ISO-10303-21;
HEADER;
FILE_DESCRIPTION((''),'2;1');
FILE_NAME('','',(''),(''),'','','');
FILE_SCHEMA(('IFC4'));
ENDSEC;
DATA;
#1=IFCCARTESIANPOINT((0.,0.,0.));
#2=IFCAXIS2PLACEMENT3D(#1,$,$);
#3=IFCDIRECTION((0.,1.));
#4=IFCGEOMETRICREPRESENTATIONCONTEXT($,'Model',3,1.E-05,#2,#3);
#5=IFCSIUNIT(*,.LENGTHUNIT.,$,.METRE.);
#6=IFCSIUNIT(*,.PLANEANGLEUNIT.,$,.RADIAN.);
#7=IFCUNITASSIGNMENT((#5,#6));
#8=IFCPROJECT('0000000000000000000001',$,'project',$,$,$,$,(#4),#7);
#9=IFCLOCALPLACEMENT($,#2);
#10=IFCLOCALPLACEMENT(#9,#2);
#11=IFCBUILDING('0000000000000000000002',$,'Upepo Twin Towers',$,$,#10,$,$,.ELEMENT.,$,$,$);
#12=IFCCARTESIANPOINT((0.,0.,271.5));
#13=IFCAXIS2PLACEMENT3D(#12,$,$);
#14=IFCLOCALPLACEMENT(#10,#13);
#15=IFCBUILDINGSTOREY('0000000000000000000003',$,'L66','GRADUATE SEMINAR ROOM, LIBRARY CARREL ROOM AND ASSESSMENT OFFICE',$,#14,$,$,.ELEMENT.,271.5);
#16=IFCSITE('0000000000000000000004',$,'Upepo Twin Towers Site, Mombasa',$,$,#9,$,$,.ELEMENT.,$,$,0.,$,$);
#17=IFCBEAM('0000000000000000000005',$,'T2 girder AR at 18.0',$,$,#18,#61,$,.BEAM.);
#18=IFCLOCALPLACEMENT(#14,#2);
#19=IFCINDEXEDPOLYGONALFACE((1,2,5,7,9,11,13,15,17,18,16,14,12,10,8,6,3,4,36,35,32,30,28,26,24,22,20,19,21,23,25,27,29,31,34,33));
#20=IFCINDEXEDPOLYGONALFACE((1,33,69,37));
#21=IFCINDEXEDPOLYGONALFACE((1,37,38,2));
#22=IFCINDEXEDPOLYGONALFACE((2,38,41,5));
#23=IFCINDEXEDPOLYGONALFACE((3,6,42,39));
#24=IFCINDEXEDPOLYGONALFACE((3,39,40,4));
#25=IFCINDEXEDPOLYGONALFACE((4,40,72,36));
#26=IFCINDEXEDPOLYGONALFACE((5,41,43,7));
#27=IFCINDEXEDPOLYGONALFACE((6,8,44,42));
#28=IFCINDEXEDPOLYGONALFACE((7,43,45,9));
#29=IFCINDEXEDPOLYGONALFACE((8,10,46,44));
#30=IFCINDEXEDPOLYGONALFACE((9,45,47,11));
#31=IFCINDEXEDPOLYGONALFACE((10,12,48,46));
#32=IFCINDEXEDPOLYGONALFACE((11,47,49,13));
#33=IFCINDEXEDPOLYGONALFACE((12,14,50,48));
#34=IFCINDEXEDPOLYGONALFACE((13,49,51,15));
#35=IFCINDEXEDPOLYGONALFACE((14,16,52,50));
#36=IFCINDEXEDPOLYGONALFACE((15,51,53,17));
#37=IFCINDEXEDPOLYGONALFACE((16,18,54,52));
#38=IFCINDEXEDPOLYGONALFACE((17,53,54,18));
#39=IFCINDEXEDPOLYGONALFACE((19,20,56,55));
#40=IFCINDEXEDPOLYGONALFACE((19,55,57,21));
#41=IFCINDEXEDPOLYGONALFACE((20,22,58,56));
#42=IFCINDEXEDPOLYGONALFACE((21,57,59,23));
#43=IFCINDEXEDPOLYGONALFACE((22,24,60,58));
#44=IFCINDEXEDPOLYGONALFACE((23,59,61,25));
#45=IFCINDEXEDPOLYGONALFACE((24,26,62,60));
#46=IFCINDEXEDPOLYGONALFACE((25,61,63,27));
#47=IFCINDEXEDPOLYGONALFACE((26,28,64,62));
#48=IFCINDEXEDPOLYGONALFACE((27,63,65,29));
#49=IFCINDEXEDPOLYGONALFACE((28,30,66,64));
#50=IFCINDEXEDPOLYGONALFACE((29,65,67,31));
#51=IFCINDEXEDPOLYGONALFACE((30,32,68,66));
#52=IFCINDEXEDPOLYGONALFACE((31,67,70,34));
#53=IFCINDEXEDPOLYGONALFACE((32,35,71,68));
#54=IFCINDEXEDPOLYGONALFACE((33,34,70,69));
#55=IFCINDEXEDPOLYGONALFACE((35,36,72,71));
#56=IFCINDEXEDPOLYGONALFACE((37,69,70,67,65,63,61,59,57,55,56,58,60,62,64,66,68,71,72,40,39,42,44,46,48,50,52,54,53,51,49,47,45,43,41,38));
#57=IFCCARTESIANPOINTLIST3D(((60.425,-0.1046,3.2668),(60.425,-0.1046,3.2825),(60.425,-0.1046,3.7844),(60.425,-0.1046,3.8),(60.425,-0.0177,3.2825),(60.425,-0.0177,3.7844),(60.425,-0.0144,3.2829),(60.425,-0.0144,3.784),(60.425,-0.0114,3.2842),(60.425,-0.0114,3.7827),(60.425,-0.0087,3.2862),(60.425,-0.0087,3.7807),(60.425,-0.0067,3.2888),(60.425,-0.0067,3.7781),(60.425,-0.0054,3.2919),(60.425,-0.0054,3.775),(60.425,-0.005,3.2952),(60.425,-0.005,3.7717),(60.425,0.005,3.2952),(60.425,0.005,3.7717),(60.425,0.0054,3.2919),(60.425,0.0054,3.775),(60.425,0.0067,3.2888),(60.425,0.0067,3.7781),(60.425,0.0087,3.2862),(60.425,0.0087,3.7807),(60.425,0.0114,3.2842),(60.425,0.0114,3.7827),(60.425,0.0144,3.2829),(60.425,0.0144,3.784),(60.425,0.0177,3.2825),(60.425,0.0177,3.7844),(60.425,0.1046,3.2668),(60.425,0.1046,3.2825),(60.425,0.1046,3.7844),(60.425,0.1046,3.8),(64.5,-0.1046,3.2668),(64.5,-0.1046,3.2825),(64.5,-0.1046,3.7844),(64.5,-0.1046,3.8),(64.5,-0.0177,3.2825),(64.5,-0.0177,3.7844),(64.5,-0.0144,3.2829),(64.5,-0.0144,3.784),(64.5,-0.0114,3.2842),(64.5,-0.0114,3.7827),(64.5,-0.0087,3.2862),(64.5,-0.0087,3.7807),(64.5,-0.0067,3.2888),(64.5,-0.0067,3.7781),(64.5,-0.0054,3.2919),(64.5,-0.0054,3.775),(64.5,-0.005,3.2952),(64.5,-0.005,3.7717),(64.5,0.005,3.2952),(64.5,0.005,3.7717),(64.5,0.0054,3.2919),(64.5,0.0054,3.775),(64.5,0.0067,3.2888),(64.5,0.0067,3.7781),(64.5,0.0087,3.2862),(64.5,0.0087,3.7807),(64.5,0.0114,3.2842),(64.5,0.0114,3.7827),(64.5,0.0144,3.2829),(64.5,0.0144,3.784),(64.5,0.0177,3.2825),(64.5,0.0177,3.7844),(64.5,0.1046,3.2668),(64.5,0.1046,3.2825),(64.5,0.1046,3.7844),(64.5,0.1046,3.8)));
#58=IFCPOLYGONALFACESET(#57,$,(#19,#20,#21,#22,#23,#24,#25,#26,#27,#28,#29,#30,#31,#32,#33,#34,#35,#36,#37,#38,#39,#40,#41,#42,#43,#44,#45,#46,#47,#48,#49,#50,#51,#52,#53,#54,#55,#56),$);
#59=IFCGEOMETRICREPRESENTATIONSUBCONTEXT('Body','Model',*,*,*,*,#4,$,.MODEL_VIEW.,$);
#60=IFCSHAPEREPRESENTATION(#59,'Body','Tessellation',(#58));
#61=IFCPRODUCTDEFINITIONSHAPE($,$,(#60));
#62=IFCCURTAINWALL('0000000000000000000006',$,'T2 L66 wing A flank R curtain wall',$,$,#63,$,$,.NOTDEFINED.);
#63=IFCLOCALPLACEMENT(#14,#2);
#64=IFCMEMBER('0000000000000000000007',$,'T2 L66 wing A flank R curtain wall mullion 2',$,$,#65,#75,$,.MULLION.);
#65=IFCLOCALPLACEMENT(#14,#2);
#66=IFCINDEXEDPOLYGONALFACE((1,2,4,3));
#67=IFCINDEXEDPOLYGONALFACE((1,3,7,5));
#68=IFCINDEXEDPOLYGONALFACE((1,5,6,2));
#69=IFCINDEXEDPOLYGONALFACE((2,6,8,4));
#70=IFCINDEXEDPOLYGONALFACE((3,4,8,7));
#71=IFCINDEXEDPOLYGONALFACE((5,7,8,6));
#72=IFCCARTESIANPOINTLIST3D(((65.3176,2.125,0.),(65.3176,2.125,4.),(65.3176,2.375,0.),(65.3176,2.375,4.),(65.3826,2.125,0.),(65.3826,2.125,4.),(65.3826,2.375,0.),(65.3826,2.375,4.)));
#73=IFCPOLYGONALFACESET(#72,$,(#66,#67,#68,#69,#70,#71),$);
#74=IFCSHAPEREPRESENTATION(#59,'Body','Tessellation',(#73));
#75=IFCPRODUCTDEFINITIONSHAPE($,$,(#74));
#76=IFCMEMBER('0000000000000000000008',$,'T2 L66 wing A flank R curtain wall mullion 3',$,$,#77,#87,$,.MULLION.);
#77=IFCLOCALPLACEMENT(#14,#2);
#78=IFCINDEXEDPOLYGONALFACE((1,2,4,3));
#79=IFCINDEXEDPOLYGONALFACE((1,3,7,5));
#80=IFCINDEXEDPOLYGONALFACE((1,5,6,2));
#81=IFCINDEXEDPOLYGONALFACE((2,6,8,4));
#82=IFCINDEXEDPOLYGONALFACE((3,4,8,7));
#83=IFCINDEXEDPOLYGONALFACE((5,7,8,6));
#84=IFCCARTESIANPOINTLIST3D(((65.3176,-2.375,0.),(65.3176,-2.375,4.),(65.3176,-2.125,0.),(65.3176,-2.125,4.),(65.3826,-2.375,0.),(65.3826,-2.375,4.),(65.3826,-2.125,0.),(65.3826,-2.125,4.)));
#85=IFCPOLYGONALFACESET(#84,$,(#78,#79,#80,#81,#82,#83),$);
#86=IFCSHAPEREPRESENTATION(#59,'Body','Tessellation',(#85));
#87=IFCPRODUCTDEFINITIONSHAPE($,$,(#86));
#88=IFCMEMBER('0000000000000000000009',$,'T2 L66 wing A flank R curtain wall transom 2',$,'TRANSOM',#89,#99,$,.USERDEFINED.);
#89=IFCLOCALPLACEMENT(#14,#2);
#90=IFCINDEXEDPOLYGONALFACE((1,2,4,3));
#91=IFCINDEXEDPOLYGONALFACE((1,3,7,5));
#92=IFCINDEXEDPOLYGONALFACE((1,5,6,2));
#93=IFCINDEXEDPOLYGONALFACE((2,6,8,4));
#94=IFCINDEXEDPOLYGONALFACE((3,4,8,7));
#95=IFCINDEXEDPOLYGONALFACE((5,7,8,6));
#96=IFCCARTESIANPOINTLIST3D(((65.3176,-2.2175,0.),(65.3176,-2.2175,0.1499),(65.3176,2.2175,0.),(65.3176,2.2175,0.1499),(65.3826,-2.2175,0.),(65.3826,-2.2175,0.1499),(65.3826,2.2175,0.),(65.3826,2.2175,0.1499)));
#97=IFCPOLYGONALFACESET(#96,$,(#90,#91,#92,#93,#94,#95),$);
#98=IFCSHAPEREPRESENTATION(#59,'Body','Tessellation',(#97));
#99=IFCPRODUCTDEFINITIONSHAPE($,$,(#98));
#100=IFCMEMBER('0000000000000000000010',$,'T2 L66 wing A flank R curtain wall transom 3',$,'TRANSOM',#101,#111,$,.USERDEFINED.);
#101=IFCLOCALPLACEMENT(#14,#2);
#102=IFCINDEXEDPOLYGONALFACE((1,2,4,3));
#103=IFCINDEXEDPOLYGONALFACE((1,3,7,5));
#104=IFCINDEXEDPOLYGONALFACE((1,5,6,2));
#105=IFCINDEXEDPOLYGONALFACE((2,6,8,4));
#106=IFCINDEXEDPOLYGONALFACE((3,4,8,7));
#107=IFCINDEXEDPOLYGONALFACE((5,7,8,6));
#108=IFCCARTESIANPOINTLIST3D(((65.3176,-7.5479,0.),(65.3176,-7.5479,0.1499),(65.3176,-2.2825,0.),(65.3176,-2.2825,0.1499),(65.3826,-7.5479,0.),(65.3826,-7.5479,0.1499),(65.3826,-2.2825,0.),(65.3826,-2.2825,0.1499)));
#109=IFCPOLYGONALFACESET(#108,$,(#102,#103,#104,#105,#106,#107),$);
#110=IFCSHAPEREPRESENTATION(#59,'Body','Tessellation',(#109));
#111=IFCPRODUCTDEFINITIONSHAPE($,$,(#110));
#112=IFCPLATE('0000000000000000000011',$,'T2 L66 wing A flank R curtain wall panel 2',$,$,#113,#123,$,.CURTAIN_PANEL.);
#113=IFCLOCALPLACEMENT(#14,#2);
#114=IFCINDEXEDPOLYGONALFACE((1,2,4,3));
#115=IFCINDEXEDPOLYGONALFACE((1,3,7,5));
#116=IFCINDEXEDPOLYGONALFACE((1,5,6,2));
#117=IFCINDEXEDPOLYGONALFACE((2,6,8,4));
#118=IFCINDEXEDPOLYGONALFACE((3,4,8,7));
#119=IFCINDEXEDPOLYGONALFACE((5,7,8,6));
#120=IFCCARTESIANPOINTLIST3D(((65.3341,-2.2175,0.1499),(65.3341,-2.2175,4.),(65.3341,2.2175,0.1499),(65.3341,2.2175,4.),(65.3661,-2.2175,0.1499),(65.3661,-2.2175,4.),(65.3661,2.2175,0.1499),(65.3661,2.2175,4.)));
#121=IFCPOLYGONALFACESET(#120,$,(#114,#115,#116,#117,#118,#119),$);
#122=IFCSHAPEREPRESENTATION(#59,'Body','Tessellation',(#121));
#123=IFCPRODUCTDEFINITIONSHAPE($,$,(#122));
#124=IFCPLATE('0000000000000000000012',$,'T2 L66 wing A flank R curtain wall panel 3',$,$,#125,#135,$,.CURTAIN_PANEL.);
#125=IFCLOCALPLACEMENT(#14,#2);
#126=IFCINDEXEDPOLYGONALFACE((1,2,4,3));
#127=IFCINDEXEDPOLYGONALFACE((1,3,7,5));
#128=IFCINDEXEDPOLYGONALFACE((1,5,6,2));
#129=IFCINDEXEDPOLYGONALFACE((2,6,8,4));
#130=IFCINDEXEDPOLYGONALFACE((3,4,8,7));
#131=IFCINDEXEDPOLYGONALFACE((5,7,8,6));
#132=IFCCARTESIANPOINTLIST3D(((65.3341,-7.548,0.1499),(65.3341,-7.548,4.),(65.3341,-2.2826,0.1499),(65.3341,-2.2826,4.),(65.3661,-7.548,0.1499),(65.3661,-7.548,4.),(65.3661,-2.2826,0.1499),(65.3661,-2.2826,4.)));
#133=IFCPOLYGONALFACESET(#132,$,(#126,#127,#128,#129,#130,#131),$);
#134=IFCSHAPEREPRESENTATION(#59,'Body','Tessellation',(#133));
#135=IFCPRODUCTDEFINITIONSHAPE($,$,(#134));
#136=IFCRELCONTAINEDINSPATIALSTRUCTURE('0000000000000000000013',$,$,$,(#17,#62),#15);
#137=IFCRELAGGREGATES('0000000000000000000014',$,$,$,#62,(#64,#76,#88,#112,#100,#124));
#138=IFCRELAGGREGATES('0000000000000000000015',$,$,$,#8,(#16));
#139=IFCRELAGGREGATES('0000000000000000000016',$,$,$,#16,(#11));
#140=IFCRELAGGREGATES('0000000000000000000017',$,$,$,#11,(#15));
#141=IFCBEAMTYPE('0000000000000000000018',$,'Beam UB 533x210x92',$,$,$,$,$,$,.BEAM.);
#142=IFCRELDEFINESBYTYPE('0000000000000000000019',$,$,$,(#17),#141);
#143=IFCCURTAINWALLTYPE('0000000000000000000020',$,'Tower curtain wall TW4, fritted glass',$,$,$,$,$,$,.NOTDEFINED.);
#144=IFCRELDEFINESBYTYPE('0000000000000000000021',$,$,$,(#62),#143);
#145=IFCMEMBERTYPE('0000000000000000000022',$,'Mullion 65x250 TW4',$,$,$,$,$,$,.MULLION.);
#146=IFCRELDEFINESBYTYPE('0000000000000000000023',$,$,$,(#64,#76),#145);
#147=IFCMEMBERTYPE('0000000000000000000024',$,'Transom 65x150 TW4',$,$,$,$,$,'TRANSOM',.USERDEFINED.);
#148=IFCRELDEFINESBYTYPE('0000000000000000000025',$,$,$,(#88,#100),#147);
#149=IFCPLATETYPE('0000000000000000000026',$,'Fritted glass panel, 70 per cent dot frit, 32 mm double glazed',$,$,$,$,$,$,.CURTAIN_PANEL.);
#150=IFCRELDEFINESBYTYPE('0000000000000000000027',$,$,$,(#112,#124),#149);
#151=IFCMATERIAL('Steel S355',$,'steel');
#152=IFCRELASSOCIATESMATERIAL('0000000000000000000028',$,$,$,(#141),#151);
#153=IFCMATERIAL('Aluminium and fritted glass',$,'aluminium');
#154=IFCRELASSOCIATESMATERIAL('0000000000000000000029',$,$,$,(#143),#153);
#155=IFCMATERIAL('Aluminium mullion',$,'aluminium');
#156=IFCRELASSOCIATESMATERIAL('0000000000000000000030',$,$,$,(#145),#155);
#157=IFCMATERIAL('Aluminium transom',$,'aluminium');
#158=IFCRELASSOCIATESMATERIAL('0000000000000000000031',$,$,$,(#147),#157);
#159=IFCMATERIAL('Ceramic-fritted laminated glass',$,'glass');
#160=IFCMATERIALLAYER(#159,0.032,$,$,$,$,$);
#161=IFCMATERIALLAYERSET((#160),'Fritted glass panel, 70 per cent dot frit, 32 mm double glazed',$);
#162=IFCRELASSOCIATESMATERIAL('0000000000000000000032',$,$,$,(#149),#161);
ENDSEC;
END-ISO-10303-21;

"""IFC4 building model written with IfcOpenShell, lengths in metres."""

from ifc_helpers import new_model, si_unit, direction, frame, origin, origin_2d, place, context, subcontext, project, spatial, rectangle, i_section, extrude, material, layer, layer_set, material_profile, profile_set, type_object, element, aggregate, save


model = new_model("IFC4")

# Units and contexts
model_context = context("Model", 3, precision=1e-05, world=origin(), true_north=direction((0.0, 1.0)))
body_context = subcontext(model_context, "Body", "Model", "MODEL_VIEW")
ifc_project = project(units=[si_unit("LENGTHUNIT", "METRE"), si_unit("PLANEANGLEUNIT", "RADIAN")], contexts=[model_context])

# Site, building, storey
site_placement = place(None, origin())
site = spatial("IfcSite", under=ifc_project, at=site_placement, Name="Upepo Twin Towers Site, Mombasa", CompositionType="ELEMENT", RefElevation=0.0)
building_placement = place(site_placement, origin())
building = spatial("IfcBuilding", under=site, at=building_placement, Name="Upepo Twin Towers", CompositionType="ELEMENT")
storey_placement = place(building_placement, frame((0.0, 0.0, 271.5)))
storey = spatial("IfcBuildingStorey", under=building, at=storey_placement, Name="L66", Description="GRADUATE SEMINAR ROOM, LIBRARY CARREL ROOM AND ASSESSMENT OFFICE", CompositionType="ELEMENT", Elevation=271.5)

# Beam
ifc_material_1 = material(Name="Steel S355", Category="steel")
ifc_material_profile_1 = material_profile(ifc_material_1, i_section(OverallWidth=0.2092, OverallDepth=0.5332, WebThickness=0.01, FlangeThickness=0.0156, FilletRadius=0.0127, at=origin_2d()), Name="UB 533x210x92")
ifc_profile_set_1 = profile_set([ifc_material_profile_1], Name="Steel S355")
beam_type_1 = type_object("IfcBeamType", Name="Beam UB 533x210x92", PredefinedType="BEAM", material=ifc_profile_set_1)
for number, where, z_axis, x_axis, name in (
    (1, (64.5, 0.0, 3.5334), (-1.0, 0.0, 0.0), (0.0, -1.0, 0.0), "T2 girder AR at 18.0"),
):
    element("IfcBeam", number, at=place(storey_placement, frame(where, z_axis=z_axis, x_axis=x_axis)), inside=storey, type_object=beam_type_1, Name=name, PredefinedType="BEAM", context=body_context, shape_type="SweptSolid", body=[
        extrude(i_section(OverallWidth=0.2092, OverallDepth=0.5332, WebThickness=0.01, FlangeThickness=0.0156, FilletRadius=0.0127, at=origin_2d()), origin(), (0.0, 0.0, 1.0), 4.075),
    ])

# Curtain wall, members, plates
ifc_material_2 = material(Name="Aluminium and fritted glass", Category="aluminium")
curtain_wall_type = type_object("IfcCurtainWallType", Name="Tower curtain wall TW4, fritted glass", PredefinedType="NOTDEFINED", material=ifc_material_2)
curtain_wall_placement = place(storey_placement, origin())
curtain_wall = element("IfcCurtainWall", 2, at=curtain_wall_placement, inside=storey, type_object=curtain_wall_type, Name="T2 L66 wing A flank R curtain wall", PredefinedType="NOTDEFINED")
ifc_material_3 = material(Name="Aluminium mullion", Category="aluminium")
ifc_material_profile_2 = material_profile(ifc_material_3, rectangle(XDim=0.0649, YDim=0.25, at=origin_2d()), Name="MULLION 65x250")
ifc_profile_set_2 = profile_set([ifc_material_profile_2], Name="Aluminium mullion")
member_type_1 = type_object("IfcMemberType", Name="Mullion 65x250 TW4", PredefinedType="MULLION", material=ifc_profile_set_2)
member_1_placement = place(storey_placement, frame((65.3501, 2.25, 0.0), z_axis=(0.0, 0.0, 1.0), x_axis=(1.0, 0.0, 0.0)))
member_1 = element("IfcMember", 3, at=member_1_placement, type_object=member_type_1, Name="T2 L66 wing A flank R curtain wall mullion 2", PredefinedType="MULLION", context=body_context, shape_type="SweptSolid", body=[
    extrude(rectangle(XDim=0.0649, YDim=0.25, at=origin_2d()), origin(), (0.0, 0.0, 1.0), 4.0),
])
member_2_placement = place(storey_placement, frame((65.3501, -2.25, 0.0), z_axis=(0.0, 0.0, 1.0), x_axis=(1.0, 0.0, 0.0)))
member_2 = element("IfcMember", 4, at=member_2_placement, type_object=member_type_1, Name="T2 L66 wing A flank R curtain wall mullion 3", PredefinedType="MULLION", context=body_context, shape_type="SweptSolid", body=[
    extrude(rectangle(XDim=0.0649, YDim=0.25, at=origin_2d()), origin(), (0.0, 0.0, 1.0), 4.0),
])
ifc_material_4 = material(Name="Aluminium transom", Category="aluminium")
ifc_material_profile_3 = material_profile(ifc_material_4, rectangle(XDim=0.0649, YDim=0.1499, at=origin_2d()), Name="TRANSOM 65x150")
ifc_profile_set_3 = profile_set([ifc_material_profile_3], Name="Aluminium transom")
member_type_2 = type_object("IfcMemberType", Name="Transom 65x150 TW4", ElementType="TRANSOM", PredefinedType="USERDEFINED", material=ifc_profile_set_3)
member_3_placement = place(storey_placement, frame((65.3501, 2.2175, 0.075), z_axis=(0.0, -1.0, 0.0), x_axis=(1.0, 0.0, 0.0)))
member_3 = element("IfcMember", 5, at=member_3_placement, type_object=member_type_2, Name="T2 L66 wing A flank R curtain wall transom 2", ObjectType="TRANSOM", PredefinedType="USERDEFINED", context=body_context, shape_type="SweptSolid", body=[
    extrude(rectangle(XDim=0.0649, YDim=0.1499, at=origin_2d()), origin(), (0.0, 0.0, 1.0), 4.4351),
])
member_4_placement = place(storey_placement, frame((65.3501, -2.2825, 0.075), z_axis=(0.0, -1.0, 0.0), x_axis=(1.0, 0.0, 0.0)))
member_4 = element("IfcMember", 6, at=member_4_placement, type_object=member_type_2, Name="T2 L66 wing A flank R curtain wall transom 3", ObjectType="TRANSOM", PredefinedType="USERDEFINED", context=body_context, shape_type="SweptSolid", body=[
    extrude(rectangle(XDim=0.0649, YDim=0.1499, at=origin_2d()), origin(), (0.0, 0.0, 1.0), 5.2654),
])
ifc_material_5 = material(Name="Ceramic-fritted laminated glass", Category="glass")
ifc_layer_1 = layer(ifc_material_5, 0.032)
ifc_layer_set_1 = layer_set([ifc_layer_1], Name="Fritted glass panel, 70 per cent dot frit, 32 mm double glazed")
plate_type = type_object("IfcPlateType", Name="Fritted glass panel, 70 per cent dot frit, 32 mm double glazed", PredefinedType="CURTAIN_PANEL", material=ifc_layer_set_1)
plate_1_placement = place(storey_placement, frame((65.3501, 0.0, 0.1499), z_axis=(0.0, 0.0, 1.0), x_axis=(0.0, -1.0, 0.0)))
plate_1 = element("IfcPlate", 7, at=plate_1_placement, type_object=plate_type, Name="T2 L66 wing A flank R curtain wall panel 2", PredefinedType="CURTAIN_PANEL", context=body_context, shape_type="SweptSolid", body=[
    extrude(rectangle(XDim=4.4351, YDim=0.032, at=origin_2d()), origin(), (0.0, 0.0, 1.0), 3.8501),
])
plate_2_placement = place(storey_placement, frame((65.3501, -4.9153, 0.1499), z_axis=(0.0, 0.0, 1.0), x_axis=(0.0, -1.0, 0.0)))
plate_2 = element("IfcPlate", 8, at=plate_2_placement, type_object=plate_type, Name="T2 L66 wing A flank R curtain wall panel 3", PredefinedType="CURTAIN_PANEL", context=body_context, shape_type="SweptSolid", body=[
    extrude(rectangle(XDim=5.2654, YDim=0.032, at=origin_2d()), origin(), (0.0, 0.0, 1.0), 3.8501),
])
aggregate(curtain_wall, [member_1, member_2, member_3, plate_1, member_4, plate_2])

save(model, "model.ifc")
